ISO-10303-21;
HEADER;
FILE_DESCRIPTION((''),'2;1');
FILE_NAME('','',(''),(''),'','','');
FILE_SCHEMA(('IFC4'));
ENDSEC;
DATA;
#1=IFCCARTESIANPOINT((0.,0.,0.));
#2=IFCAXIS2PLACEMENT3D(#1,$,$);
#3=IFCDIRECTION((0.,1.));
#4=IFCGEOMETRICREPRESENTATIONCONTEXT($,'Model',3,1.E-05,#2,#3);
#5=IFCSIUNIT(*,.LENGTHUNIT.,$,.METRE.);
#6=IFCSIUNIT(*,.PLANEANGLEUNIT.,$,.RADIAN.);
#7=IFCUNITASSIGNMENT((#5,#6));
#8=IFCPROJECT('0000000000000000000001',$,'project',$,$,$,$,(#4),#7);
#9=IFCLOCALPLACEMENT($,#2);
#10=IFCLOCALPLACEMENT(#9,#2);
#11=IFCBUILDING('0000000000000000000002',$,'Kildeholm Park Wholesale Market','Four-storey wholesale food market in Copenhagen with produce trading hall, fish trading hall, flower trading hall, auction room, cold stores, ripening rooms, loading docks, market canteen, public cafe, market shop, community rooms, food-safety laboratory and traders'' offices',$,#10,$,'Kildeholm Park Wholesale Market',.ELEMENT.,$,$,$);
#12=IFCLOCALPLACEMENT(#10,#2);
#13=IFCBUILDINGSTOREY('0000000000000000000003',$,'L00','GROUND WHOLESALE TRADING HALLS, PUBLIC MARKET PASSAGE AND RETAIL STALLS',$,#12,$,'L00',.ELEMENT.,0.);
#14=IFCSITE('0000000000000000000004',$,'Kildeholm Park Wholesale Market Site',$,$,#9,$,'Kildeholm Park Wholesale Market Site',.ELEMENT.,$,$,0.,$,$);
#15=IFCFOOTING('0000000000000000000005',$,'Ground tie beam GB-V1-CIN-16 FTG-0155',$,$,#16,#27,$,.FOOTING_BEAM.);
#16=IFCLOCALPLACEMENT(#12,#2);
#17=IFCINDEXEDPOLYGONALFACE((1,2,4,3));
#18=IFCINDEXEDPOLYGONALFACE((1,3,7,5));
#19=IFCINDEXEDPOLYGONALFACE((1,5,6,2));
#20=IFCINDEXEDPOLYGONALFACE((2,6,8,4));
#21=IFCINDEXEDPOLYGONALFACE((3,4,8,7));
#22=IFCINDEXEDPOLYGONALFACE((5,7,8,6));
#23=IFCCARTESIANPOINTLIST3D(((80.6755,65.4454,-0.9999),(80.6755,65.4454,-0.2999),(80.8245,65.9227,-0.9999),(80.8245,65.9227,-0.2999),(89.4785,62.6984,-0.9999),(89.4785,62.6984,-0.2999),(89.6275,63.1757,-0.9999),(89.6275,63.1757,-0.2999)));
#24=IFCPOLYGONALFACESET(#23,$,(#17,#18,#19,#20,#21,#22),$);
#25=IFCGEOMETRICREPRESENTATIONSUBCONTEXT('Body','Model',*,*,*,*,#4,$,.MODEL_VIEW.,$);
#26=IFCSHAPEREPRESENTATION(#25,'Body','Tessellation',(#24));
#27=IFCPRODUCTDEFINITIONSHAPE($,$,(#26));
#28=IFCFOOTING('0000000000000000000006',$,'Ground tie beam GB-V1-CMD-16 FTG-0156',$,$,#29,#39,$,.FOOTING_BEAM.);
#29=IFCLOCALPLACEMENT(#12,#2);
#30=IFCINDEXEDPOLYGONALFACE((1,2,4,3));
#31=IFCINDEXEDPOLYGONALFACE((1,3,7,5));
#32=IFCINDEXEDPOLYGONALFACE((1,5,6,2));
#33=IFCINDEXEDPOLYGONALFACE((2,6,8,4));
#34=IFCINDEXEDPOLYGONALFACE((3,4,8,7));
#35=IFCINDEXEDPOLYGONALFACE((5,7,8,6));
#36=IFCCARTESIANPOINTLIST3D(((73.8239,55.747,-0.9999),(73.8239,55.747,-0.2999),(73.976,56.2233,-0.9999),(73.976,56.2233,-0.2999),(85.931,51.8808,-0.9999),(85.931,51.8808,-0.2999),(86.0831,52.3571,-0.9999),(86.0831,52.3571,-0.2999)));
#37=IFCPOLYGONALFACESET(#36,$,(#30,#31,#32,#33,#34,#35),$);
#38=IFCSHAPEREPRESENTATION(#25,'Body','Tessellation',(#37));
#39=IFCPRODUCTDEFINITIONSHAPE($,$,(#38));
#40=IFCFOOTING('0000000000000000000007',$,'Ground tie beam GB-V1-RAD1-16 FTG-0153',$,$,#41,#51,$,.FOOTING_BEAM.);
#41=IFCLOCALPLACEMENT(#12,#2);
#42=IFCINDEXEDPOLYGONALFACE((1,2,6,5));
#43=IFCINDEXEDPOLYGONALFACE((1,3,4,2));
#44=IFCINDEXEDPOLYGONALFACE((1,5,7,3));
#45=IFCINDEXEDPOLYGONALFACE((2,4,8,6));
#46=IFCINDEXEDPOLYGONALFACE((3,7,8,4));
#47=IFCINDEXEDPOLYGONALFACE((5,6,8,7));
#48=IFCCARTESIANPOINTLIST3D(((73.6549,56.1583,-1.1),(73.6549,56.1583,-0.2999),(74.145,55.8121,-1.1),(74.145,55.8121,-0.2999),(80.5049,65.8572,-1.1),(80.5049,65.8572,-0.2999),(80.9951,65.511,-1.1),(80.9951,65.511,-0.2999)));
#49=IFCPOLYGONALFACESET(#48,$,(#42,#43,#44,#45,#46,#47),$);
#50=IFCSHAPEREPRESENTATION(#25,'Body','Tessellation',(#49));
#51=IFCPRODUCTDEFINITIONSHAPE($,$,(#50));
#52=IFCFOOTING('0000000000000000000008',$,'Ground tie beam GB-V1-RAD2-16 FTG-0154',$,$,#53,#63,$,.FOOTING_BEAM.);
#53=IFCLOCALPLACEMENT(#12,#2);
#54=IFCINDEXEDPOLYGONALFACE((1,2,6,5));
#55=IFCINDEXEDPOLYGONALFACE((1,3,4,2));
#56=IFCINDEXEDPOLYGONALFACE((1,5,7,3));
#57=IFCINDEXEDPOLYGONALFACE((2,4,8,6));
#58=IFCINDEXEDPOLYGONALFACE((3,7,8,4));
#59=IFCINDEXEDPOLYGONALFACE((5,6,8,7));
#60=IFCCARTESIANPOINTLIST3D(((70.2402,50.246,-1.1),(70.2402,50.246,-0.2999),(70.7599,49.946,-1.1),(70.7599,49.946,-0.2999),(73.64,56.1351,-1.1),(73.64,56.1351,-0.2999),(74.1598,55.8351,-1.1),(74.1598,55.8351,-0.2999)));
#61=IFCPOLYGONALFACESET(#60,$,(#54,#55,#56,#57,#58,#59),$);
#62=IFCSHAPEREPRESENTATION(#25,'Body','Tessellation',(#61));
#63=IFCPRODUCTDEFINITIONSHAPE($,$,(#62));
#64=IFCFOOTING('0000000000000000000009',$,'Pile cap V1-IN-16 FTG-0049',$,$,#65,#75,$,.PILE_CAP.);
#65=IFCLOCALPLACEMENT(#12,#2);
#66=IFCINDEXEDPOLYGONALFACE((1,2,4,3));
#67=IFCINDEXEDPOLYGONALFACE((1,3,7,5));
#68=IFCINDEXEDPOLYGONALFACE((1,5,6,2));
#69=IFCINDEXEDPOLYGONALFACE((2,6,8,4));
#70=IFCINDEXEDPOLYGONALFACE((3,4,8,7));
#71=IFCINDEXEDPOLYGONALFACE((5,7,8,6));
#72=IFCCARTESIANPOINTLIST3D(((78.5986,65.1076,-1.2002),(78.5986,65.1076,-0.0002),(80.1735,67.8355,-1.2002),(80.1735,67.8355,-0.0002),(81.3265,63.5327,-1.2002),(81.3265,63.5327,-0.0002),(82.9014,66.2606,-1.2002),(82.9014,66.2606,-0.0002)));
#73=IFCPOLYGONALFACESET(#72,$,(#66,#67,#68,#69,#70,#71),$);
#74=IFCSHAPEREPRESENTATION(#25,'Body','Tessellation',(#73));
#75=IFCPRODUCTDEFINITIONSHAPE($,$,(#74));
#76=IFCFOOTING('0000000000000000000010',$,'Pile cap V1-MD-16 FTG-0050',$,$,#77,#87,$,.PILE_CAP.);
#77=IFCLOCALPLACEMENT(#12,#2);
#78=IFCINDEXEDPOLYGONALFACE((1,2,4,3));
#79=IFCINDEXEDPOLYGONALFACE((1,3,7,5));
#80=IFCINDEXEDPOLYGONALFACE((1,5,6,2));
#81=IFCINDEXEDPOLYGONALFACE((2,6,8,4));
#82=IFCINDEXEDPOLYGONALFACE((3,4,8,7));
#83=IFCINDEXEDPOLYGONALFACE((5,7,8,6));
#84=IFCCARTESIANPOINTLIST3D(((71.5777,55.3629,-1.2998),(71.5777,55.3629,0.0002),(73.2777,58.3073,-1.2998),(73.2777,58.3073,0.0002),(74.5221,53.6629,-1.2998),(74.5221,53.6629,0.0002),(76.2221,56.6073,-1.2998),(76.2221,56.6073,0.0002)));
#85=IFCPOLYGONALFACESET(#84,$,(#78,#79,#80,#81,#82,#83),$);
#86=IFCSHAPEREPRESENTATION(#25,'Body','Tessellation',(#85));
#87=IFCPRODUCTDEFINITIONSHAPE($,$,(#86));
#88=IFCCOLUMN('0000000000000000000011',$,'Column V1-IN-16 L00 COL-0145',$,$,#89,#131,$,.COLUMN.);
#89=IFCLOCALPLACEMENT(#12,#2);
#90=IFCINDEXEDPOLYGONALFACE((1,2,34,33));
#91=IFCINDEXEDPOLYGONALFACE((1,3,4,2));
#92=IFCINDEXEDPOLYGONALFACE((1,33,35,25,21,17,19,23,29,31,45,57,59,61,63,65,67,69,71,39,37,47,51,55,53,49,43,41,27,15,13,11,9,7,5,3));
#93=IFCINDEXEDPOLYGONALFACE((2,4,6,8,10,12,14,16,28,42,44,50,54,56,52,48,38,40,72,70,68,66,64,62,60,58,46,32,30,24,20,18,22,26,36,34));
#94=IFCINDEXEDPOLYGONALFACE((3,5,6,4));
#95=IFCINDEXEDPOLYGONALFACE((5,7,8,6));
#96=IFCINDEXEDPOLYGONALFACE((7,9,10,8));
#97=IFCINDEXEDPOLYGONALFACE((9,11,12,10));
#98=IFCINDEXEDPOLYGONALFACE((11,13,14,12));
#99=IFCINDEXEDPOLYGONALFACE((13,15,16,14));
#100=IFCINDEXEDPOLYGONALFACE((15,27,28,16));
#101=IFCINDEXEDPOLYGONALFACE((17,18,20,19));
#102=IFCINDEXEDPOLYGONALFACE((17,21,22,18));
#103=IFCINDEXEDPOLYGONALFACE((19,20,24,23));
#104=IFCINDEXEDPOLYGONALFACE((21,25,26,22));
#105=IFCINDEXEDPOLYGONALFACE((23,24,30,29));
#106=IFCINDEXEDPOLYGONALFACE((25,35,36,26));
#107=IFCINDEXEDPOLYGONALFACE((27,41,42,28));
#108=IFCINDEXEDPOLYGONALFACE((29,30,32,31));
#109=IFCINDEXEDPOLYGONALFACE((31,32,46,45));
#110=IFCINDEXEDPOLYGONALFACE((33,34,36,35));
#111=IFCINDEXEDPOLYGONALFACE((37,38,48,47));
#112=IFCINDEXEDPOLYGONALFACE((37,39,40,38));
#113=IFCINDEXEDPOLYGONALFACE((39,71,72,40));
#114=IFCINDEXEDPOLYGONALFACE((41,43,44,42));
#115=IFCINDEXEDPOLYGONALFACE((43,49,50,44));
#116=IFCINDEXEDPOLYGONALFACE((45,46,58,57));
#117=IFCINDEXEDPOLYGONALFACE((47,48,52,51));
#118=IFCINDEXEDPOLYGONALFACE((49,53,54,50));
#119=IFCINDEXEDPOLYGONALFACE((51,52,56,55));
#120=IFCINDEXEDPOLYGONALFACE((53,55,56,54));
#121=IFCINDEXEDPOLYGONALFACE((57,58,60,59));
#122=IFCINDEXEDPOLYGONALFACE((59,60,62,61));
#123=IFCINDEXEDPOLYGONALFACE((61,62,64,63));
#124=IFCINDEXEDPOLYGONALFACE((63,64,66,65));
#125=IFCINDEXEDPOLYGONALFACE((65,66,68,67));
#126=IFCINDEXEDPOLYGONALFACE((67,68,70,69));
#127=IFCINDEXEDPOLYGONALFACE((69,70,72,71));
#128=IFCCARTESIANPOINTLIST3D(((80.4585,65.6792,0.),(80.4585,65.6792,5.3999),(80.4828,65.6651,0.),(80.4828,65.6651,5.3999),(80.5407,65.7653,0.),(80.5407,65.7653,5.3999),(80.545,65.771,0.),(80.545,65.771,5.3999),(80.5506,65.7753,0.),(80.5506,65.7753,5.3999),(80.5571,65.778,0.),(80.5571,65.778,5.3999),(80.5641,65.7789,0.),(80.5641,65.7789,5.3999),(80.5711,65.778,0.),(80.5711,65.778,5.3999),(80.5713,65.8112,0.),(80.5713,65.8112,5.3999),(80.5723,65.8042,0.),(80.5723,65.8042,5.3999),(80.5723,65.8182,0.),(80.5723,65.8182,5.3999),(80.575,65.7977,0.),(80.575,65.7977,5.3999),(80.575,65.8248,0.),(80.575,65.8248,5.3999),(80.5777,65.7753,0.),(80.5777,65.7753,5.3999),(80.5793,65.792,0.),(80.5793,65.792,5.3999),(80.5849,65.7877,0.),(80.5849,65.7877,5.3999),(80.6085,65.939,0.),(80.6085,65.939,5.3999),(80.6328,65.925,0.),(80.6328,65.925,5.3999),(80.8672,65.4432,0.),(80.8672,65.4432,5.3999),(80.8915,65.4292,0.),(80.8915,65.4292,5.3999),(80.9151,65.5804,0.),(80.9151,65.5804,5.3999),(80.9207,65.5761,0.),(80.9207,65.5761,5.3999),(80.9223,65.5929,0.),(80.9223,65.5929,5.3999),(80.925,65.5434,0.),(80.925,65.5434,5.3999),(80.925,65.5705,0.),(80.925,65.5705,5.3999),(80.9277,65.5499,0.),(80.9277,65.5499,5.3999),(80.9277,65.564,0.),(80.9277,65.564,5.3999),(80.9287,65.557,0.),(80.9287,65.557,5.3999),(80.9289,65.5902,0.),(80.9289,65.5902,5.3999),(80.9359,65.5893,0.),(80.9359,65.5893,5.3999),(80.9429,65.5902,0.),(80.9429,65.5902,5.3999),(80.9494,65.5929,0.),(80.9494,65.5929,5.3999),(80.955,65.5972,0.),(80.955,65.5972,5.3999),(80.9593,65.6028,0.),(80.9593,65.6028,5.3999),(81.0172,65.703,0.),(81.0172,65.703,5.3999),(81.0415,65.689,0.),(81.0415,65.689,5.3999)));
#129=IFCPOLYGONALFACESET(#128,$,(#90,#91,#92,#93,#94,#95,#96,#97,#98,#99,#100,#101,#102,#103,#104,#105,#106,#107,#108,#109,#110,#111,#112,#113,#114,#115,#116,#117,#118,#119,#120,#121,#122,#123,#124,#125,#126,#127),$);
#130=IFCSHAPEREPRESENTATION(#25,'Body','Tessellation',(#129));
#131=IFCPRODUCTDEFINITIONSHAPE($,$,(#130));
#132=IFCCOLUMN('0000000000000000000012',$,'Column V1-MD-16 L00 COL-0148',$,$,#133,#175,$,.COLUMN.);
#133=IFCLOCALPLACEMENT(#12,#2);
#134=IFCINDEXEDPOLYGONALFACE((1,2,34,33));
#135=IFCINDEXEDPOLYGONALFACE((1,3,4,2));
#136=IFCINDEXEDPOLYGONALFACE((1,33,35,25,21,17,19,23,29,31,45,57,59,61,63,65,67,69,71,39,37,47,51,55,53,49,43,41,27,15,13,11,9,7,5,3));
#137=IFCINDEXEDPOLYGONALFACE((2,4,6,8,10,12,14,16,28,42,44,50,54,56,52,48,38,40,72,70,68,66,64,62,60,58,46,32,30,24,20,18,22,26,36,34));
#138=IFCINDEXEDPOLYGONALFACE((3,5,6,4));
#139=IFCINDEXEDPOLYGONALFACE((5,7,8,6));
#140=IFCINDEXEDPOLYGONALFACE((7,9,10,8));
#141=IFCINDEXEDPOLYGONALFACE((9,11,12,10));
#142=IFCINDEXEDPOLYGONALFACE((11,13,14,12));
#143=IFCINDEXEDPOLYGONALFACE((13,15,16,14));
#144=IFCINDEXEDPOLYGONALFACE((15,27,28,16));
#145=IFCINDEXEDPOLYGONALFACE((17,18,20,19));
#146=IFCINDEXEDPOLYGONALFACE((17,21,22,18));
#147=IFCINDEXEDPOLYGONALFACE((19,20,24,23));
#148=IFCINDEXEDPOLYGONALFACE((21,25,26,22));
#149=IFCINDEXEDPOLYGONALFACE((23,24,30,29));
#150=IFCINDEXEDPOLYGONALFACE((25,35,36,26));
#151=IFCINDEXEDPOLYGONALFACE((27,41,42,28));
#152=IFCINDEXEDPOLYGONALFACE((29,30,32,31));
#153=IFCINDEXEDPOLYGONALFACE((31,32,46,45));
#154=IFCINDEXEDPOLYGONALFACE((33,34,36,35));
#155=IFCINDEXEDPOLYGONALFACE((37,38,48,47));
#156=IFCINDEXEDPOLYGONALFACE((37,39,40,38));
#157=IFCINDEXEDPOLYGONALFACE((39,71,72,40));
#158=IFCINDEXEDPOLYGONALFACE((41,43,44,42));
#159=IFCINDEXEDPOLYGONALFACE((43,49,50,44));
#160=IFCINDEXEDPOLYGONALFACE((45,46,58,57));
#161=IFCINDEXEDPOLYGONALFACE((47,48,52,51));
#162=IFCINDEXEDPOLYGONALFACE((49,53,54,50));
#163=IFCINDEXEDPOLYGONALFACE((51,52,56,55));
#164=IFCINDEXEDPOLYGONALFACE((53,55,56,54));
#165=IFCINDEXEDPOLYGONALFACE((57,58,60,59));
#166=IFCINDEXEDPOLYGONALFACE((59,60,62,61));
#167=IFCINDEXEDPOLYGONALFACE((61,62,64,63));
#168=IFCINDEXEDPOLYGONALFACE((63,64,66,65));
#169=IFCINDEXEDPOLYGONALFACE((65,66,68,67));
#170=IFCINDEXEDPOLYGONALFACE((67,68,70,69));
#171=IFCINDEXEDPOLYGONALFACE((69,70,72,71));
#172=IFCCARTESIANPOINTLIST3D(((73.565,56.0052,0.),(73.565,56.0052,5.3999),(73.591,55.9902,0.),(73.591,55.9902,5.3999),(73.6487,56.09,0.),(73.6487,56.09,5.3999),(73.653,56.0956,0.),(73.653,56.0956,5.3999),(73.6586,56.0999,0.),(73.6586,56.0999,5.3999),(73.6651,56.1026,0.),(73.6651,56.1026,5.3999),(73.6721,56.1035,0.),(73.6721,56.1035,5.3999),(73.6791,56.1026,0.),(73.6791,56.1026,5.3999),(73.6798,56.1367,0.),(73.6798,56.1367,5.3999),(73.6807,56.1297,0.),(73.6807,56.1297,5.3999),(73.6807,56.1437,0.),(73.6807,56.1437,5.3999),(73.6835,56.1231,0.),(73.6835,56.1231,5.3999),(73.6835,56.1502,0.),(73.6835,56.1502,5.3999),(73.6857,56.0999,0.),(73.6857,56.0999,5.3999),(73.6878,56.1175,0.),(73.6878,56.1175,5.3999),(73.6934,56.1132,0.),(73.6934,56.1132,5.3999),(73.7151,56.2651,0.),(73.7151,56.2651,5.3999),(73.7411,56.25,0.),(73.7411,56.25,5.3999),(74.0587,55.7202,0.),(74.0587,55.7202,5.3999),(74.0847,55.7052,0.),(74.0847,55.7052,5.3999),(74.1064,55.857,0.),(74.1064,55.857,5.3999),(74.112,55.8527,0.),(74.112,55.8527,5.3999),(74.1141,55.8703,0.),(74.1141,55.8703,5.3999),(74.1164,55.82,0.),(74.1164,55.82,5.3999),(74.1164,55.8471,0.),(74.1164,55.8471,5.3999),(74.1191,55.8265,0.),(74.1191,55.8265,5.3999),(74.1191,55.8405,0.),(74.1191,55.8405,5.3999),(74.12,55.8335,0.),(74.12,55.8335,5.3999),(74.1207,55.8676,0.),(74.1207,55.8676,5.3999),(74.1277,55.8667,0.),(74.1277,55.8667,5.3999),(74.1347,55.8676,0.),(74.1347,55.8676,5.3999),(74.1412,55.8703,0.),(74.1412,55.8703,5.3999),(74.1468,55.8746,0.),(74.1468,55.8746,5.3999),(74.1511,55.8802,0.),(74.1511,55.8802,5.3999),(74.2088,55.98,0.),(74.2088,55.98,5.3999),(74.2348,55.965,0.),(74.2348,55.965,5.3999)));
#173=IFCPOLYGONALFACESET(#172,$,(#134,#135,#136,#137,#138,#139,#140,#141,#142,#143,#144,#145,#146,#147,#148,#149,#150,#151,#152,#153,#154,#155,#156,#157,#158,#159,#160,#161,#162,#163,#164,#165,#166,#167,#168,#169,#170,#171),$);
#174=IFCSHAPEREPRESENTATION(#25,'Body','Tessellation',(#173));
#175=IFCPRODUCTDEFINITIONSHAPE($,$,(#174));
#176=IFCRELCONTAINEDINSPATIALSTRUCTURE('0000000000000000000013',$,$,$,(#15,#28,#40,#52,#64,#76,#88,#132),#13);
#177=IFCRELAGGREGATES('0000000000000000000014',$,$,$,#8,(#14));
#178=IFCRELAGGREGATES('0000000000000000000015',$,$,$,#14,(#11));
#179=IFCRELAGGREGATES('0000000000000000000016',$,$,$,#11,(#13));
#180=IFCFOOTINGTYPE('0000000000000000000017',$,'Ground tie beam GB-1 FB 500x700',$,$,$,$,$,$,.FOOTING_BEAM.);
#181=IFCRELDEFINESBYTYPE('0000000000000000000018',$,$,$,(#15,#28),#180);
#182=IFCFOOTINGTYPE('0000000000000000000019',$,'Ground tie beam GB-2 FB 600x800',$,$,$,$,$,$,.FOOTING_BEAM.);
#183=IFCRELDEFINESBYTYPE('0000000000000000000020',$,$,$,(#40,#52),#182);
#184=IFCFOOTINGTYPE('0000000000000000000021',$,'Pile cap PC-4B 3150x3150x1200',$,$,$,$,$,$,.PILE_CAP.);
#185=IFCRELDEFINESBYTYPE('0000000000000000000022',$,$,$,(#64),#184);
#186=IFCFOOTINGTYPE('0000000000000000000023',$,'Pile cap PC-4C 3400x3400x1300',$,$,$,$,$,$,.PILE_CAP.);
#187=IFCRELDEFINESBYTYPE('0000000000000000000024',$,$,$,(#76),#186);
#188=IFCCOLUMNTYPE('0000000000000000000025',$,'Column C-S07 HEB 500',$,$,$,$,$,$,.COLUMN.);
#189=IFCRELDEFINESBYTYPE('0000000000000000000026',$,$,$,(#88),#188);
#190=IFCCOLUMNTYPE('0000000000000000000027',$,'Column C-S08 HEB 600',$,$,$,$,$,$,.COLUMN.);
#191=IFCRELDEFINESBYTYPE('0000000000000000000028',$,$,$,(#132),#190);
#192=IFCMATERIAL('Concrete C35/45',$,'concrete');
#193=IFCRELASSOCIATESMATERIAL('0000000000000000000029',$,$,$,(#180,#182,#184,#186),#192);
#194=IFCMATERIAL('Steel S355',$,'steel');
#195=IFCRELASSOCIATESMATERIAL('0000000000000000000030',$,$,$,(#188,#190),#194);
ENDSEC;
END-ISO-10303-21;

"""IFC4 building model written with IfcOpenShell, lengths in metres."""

from ifc_helpers import new_model, si_unit, direction, frame, origin, origin_2d, place, context, subcontext, project, spatial, rectangle, i_section, extrude, material, material_profile, profile_set, type_object, element, save


model = new_model("IFC4")

# Units and contexts
model_context = context("Model", 3, precision=1e-05, world=origin(), true_north=direction((0.0, 1.0)))
body_context = subcontext(model_context, "Body", "Model", "MODEL_VIEW")
ifc_project = project(units=[si_unit("LENGTHUNIT", "METRE"), si_unit("PLANEANGLEUNIT", "RADIAN")], contexts=[model_context])

# Site, building, storey
site_placement = place(None, origin())
site = spatial("IfcSite", under=ifc_project, at=site_placement, Name="Kildeholm Park Wholesale Market Site", LongName="Kildeholm Park Wholesale Market Site", CompositionType="ELEMENT", RefElevation=0.0)
building_placement = place(site_placement, origin())
building = spatial("IfcBuilding", under=site, at=building_placement, Name="Kildeholm Park Wholesale Market", Description="Four-storey wholesale food market in Copenhagen with produce trading hall, fish trading hall, flower trading hall, auction room, cold stores, ripening rooms, loading docks, market canteen, public cafe, market shop, community rooms, food-safety laboratory and traders' offices", LongName="Kildeholm Park Wholesale Market", CompositionType="ELEMENT")
storey_placement = place(building_placement, origin())
storey = spatial("IfcBuildingStorey", under=building, at=storey_placement, Name="L00", Description="GROUND WHOLESALE TRADING HALLS, PUBLIC MARKET PASSAGE AND RETAIL STALLS", LongName="L00", CompositionType="ELEMENT", Elevation=0.0)

# Shared definitions
ifc_material_1 = material(Name="Concrete C35/45", Category="concrete")

# Footings
ifc_material_profile_1 = material_profile(ifc_material_1, rectangle(XDim=0.5, YDim=0.7, at=origin_2d()), Name="FB 500x700")
ifc_profile_set_1 = profile_set([ifc_material_profile_1], Name="Concrete C35/45")
footing_type_1 = type_object("IfcFootingType", Name="Ground tie beam GB-1 FB 500x700", PredefinedType="FOOTING_BEAM", material=ifc_profile_set_1)
footing_1_placement = place(storey_placement, frame((80.75, 65.6841, -0.6499), z_axis=(0.954599, -0.297894, 0.0), x_axis=(0.297894, 0.954599, 0.0)))
element("IfcFooting", 1, at=footing_1_placement, inside=storey, type_object=footing_type_1, Name="Ground tie beam GB-V1-CIN-16 FTG-0155", PredefinedType="FOOTING_BEAM", context=body_context, shape_type="SweptSolid", body=[
    extrude(rectangle(XDim=0.5, YDim=0.7, at=origin_2d()), origin(), (0.0, 0.0, 1.0), 9.2217),
])
footing_2_placement = place(storey_placement, frame((73.8999, 55.9851, -0.6499), z_axis=(0.952609, -0.304199, 0.0), x_axis=(0.304199, 0.952609, 0.0)))
element("IfcFooting", 2, at=footing_2_placement, inside=storey, type_object=footing_type_1, Name="Ground tie beam GB-V1-CMD-16 FTG-0156", PredefinedType="FOOTING_BEAM", context=body_context, shape_type="SweptSolid", body=[
    extrude(rectangle(XDim=0.5, YDim=0.7, at=origin_2d()), origin(), (0.0, 0.0, 1.0), 12.7095),
])
ifc_material_profile_2 = material_profile(ifc_material_1, rectangle(XDim=0.6001, YDim=0.8, at=origin_2d()), Name="FB 600x800")
ifc_profile_set_2 = profile_set([ifc_material_profile_2], Name="Concrete C35/45")
footing_type_2 = type_object("IfcFootingType", Name="Ground tie beam GB-2 FB 600x800", PredefinedType="FOOTING_BEAM", material=ifc_profile_set_2)
footing_3_placement = place(storey_placement, frame((80.75, 65.6841, -0.7), z_axis=(-0.576895, -0.816819, 0.0), x_axis=(0.816819, -0.576895, 0.0)))
element("IfcFooting", 3, at=footing_3_placement, inside=storey, type_object=footing_type_2, Name="Ground tie beam GB-V1-RAD1-16 FTG-0153", PredefinedType="FOOTING_BEAM", context=body_context, shape_type="SweptSolid", body=[
    extrude(rectangle(XDim=0.6001, YDim=0.8, at=origin_2d()), origin(), (0.0, 0.0, 1.0), 11.874),
])
footing_4_placement = place(storey_placement, frame((73.8999, 55.9851, -0.7), z_axis=(-0.499977, -0.866039, 0.0), x_axis=(0.866039, -0.499977, 0.0)))
element("IfcFooting", 4, at=footing_4_placement, inside=storey, type_object=footing_type_2, Name="Ground tie beam GB-V1-RAD2-16 FTG-0154", PredefinedType="FOOTING_BEAM", context=body_context, shape_type="SweptSolid", body=[
    extrude(rectangle(XDim=0.6001, YDim=0.8, at=origin_2d()), origin(), (0.0, 0.0, 1.0), 6.8),
])
footing_type_3 = type_object("IfcFootingType", Name="Pile cap PC-4B 3150x3150x1200", PredefinedType="PILE_CAP", material=ifc_material_1)
footing_5_placement = place(storey_placement, frame((80.75, 65.6841, -1.2002), z_axis=(0.0, 0.0, 1.0), x_axis=(-0.5, -0.866025, 0.0)))
element("IfcFooting", 5, at=footing_5_placement, inside=storey, type_object=footing_type_3, Name="Pile cap V1-IN-16 FTG-0049", PredefinedType="PILE_CAP", context=body_context, shape_type="SweptSolid", body=[
    extrude(rectangle(XDim=3.1499, YDim=3.1499, at=origin_2d()), origin(), (0.0, 0.0, 1.0), 1.2),
])
footing_type_4 = type_object("IfcFootingType", Name="Pile cap PC-4C 3400x3400x1300", PredefinedType="PILE_CAP", material=ifc_material_1)
footing_6_placement = place(storey_placement, frame((73.8999, 55.9851, -1.2998), z_axis=(0.0, 0.0, 1.0), x_axis=(-0.5, -0.866025, 0.0)))
element("IfcFooting", 6, at=footing_6_placement, inside=storey, type_object=footing_type_4, Name="Pile cap V1-MD-16 FTG-0050", PredefinedType="PILE_CAP", context=body_context, shape_type="SweptSolid", body=[
    extrude(rectangle(XDim=3.3999, YDim=3.3999, at=origin_2d()), origin(), (0.0, 0.0, 1.0), 1.3),
])

# Columns
ifc_material_2 = material(Name="Steel S355", Category="steel")
ifc_material_profile_3 = material_profile(ifc_material_2, i_section(OverallWidth=0.3, OverallDepth=0.5, WebThickness=0.0144, FlangeThickness=0.0281, FilletRadius=0.0271, at=origin_2d()), Name="HEB 500")
ifc_profile_set_3 = profile_set([ifc_material_profile_3], Name="Steel S355")
column_type_1 = type_object("IfcColumnType", Name="Column C-S07 HEB 500", PredefinedType="COLUMN", material=ifc_profile_set_3)
column_1_placement = place(storey_placement, frame((80.75, 65.6841, 0.0), z_axis=(0.0, 0.0, 1.0), x_axis=(-0.5, -0.866025, 0.0)))
element("IfcColumn", 7, at=column_1_placement, inside=storey, type_object=column_type_1, Name="Column V1-IN-16 L00 COL-0145", PredefinedType="COLUMN", context=body_context, shape_type="SweptSolid", body=[
    extrude(i_section(OverallWidth=0.3, OverallDepth=0.5, WebThickness=0.0144, FlangeThickness=0.0281, FilletRadius=0.0271, at=origin_2d()), origin(), (0.0, 0.0, 1.0), 5.3999),
])
ifc_material_profile_4 = material_profile(ifc_material_2, i_section(OverallWidth=0.3, OverallDepth=0.6001, WebThickness=0.0154, FlangeThickness=0.03, FilletRadius=0.0271, at=origin_2d()), Name="HEB 600")
ifc_profile_set_4 = profile_set([ifc_material_profile_4], Name="Steel S355")
column_type_2 = type_object("IfcColumnType", Name="Column C-S08 HEB 600", PredefinedType="COLUMN", material=ifc_profile_set_4)
column_2_placement = place(storey_placement, frame((73.8999, 55.9851, 0.0), z_axis=(0.0, 0.0, 1.0), x_axis=(-0.5, -0.866025, 0.0)))
element("IfcColumn", 8, at=column_2_placement, inside=storey, type_object=column_type_2, Name="Column V1-MD-16 L00 COL-0148", PredefinedType="COLUMN", context=body_context, shape_type="SweptSolid", body=[
    extrude(i_section(OverallWidth=0.3, OverallDepth=0.6001, WebThickness=0.0154, FlangeThickness=0.03, FilletRadius=0.0271, at=origin_2d()), origin(), (0.0, 0.0, 1.0), 5.3999),
])

save(model, "model.ifc")
